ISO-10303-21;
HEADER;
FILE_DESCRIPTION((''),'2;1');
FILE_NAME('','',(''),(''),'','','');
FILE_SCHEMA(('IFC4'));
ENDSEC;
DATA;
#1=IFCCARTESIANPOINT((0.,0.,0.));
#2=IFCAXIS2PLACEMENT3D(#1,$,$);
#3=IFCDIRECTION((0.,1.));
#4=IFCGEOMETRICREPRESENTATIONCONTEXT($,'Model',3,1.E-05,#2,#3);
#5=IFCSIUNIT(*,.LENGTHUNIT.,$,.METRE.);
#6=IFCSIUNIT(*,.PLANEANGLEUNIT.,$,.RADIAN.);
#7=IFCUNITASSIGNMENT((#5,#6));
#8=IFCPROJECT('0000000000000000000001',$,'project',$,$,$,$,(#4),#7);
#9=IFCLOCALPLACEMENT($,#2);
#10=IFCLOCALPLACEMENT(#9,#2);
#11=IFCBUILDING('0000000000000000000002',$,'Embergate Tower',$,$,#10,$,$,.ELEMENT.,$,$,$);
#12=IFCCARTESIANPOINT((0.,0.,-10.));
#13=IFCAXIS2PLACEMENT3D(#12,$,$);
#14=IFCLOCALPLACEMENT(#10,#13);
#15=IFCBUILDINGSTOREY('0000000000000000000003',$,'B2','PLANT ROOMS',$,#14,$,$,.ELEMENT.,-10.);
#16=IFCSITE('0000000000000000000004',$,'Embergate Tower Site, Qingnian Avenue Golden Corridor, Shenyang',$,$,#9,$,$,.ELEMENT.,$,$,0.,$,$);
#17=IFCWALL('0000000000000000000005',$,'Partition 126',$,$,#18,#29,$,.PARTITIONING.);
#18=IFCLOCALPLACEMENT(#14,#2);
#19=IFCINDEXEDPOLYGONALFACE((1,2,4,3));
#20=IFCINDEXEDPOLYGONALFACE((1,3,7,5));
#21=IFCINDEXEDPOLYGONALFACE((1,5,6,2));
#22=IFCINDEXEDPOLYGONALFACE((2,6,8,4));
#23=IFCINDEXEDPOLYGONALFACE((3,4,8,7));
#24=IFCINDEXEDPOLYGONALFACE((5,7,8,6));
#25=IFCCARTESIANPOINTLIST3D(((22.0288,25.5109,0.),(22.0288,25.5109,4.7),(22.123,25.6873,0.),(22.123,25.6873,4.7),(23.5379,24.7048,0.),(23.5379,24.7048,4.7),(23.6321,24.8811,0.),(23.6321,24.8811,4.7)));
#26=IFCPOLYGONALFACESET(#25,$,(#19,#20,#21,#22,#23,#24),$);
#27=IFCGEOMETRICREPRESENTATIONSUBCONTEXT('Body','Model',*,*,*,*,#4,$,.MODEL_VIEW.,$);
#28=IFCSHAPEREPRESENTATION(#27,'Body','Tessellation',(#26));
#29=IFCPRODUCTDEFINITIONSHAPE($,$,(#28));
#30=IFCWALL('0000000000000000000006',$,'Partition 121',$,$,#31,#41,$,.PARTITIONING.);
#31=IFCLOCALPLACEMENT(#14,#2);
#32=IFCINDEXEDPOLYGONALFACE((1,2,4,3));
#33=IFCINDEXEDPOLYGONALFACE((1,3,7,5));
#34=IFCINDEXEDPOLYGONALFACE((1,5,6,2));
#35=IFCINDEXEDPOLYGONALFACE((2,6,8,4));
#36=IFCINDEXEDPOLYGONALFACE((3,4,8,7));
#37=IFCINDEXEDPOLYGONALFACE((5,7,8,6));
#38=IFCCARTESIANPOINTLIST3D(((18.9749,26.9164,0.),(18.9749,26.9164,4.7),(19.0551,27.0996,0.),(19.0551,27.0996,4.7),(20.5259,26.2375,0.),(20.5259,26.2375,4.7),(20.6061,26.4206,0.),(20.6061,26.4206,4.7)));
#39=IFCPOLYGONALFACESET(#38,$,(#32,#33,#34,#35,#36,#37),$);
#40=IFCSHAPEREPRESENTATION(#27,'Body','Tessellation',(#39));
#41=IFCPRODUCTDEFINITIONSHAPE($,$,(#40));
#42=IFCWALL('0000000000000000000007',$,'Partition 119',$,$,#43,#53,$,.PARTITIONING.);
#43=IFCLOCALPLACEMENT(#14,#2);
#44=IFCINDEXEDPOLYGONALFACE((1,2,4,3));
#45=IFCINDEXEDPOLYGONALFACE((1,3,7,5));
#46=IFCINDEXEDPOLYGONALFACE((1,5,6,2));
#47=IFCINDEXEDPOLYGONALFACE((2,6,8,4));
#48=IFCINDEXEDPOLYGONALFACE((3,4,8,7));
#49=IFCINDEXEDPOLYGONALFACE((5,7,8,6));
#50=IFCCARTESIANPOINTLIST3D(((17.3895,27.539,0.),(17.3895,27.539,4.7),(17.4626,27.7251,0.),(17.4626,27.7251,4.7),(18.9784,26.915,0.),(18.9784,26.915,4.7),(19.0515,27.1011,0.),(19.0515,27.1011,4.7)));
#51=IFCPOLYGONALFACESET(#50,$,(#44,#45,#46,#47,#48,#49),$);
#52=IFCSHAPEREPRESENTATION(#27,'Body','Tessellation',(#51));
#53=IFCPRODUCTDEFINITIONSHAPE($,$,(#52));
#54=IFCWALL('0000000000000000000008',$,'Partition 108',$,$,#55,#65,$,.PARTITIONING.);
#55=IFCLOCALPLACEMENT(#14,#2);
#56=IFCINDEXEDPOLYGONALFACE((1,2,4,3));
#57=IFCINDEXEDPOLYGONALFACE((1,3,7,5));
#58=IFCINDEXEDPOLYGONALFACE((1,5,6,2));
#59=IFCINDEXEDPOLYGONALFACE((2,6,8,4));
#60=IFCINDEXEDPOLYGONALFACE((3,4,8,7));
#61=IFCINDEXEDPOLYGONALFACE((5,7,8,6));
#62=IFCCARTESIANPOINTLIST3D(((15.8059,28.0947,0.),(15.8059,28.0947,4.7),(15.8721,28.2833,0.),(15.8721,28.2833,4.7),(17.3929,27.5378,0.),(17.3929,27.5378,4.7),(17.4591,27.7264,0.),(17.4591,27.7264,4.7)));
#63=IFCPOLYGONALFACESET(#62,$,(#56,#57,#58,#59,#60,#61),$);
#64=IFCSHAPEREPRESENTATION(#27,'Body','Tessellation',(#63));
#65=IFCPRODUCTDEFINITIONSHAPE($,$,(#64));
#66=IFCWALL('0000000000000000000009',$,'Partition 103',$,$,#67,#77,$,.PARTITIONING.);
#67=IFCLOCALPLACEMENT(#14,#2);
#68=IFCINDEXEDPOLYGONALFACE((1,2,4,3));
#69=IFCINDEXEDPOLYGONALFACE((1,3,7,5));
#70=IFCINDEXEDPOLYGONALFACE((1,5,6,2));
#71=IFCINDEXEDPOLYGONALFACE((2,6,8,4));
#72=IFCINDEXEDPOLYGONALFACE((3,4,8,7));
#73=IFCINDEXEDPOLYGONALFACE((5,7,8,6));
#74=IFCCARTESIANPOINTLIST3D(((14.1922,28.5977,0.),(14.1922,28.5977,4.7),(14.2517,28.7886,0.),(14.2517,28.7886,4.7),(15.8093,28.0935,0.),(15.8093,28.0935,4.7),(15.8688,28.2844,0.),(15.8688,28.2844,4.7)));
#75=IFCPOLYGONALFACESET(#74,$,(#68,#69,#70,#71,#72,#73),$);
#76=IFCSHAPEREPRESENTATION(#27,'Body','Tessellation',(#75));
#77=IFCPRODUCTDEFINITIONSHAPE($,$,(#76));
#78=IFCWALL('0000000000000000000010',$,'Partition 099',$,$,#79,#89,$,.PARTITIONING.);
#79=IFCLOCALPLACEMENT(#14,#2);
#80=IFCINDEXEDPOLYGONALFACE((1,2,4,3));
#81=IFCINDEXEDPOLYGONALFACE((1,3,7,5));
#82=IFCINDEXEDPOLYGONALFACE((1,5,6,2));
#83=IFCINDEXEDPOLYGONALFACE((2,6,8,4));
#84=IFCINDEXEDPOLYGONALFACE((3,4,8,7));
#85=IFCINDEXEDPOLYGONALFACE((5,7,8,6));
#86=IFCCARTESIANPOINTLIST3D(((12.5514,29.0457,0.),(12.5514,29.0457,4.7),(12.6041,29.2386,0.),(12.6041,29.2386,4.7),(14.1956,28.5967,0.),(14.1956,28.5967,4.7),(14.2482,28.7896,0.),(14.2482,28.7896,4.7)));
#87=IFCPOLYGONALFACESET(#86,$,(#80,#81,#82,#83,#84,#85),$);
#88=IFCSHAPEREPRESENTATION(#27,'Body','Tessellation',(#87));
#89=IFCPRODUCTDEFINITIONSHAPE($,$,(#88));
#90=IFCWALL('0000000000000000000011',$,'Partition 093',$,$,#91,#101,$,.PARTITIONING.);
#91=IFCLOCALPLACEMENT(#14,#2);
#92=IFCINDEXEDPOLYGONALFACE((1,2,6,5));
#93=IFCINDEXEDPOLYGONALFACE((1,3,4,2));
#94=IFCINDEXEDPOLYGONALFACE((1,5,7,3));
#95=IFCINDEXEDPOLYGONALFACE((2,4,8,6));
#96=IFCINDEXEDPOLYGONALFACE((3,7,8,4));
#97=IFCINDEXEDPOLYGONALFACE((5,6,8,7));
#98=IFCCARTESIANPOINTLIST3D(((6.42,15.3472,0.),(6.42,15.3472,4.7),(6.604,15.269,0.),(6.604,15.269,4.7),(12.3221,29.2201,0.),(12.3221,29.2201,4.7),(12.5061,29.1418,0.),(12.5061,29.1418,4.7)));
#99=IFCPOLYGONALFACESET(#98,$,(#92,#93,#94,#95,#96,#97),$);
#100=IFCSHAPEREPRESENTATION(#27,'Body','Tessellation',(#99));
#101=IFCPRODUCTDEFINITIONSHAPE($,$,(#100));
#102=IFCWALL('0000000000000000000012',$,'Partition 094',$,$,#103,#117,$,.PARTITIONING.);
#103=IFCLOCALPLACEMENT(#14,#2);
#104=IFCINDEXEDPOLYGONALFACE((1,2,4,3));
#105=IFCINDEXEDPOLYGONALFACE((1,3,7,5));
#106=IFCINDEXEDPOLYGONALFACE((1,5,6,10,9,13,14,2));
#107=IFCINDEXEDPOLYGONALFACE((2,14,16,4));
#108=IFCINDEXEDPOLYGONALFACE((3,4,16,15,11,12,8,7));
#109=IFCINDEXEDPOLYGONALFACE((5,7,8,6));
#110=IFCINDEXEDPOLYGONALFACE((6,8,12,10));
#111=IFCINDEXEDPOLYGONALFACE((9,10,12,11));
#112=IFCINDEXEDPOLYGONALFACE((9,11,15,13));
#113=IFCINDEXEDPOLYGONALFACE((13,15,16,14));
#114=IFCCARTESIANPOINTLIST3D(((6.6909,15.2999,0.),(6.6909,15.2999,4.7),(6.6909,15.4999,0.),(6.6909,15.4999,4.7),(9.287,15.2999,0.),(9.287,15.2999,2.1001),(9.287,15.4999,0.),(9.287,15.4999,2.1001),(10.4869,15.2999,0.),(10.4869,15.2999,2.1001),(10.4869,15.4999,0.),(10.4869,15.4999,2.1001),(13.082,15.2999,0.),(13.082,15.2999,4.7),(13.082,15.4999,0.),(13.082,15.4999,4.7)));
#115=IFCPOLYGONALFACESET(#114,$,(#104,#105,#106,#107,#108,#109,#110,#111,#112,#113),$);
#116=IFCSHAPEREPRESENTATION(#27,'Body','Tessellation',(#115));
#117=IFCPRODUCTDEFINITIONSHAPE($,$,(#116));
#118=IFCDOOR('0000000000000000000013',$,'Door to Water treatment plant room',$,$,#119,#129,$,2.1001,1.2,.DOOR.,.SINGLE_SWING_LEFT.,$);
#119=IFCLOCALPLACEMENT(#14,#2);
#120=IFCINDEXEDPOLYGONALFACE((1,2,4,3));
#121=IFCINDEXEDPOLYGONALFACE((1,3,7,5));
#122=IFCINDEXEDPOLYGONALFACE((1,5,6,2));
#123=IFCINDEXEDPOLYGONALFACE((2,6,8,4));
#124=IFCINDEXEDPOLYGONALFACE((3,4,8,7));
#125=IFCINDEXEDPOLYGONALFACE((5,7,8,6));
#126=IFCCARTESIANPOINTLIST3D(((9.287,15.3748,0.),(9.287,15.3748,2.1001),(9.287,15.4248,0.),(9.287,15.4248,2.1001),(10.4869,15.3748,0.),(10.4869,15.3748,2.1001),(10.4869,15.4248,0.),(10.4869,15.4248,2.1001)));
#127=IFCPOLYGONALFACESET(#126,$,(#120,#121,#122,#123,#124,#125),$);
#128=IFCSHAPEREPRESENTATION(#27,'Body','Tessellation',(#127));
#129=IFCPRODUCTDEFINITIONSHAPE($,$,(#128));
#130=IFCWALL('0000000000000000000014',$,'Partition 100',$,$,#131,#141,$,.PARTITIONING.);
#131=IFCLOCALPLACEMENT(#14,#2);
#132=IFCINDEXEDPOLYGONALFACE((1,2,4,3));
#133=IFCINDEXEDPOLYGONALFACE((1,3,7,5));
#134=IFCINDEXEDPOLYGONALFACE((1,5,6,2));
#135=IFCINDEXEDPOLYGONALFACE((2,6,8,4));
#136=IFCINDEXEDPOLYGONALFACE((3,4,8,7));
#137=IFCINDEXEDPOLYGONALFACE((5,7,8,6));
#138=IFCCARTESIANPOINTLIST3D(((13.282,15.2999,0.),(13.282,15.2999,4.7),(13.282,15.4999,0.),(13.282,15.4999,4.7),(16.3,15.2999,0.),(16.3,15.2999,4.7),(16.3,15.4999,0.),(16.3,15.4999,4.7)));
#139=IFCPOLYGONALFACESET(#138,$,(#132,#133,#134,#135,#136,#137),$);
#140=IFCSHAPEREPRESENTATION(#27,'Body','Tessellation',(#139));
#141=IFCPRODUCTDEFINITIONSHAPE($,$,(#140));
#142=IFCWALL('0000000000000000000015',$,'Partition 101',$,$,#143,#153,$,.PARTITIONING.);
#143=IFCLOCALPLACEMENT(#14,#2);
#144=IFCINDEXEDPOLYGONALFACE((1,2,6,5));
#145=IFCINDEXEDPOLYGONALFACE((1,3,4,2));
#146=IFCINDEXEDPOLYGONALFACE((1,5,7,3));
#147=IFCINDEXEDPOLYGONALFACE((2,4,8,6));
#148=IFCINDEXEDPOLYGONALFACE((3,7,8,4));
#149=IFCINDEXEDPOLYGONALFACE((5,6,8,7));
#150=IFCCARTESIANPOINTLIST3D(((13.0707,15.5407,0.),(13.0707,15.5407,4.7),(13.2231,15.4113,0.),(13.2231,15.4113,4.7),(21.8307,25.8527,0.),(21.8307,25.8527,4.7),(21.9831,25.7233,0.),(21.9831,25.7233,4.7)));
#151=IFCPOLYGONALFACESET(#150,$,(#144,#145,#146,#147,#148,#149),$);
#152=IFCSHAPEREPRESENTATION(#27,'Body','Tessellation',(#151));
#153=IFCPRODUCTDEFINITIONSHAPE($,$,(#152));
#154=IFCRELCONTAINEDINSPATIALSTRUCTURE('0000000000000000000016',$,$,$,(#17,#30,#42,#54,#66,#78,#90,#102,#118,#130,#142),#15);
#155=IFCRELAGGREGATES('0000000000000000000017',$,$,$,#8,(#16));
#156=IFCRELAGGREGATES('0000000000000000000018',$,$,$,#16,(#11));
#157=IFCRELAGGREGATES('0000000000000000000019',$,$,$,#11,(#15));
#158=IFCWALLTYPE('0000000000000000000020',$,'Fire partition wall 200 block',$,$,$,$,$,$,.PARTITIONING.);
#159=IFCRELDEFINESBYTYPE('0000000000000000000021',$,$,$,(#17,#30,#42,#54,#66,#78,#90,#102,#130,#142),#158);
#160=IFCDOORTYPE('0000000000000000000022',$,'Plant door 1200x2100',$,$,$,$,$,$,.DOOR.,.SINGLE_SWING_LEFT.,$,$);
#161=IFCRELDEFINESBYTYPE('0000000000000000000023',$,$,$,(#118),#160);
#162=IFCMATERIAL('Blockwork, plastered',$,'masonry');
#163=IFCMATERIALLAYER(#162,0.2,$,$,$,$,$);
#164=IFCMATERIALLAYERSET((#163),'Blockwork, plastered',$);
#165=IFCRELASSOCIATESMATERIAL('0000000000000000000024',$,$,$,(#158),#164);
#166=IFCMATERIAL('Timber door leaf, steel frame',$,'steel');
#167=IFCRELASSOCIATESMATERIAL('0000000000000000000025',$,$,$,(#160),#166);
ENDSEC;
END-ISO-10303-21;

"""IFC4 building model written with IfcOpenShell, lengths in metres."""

from ifc_helpers import new_model, si_unit, direction, frame, frame_2d, origin, place, context, subcontext, project, spatial, rectangle, extrude, source, transform, mapped, material, layer, layer_set, type_object, element, fill, save


model = new_model("IFC4")

# Units and contexts
model_context = context("Model", 3, precision=1e-05, world=origin(), true_north=direction((0.0, 1.0)))
body_context = subcontext(model_context, "Body", "Model", "MODEL_VIEW")
ifc_project = project(units=[si_unit("LENGTHUNIT", "METRE"), si_unit("PLANEANGLEUNIT", "RADIAN")], contexts=[model_context])

# Site, building, storey
site_placement = place(None, origin())
site = spatial("IfcSite", under=ifc_project, at=site_placement, Name="Embergate Tower Site, Qingnian Avenue Golden Corridor, Shenyang", CompositionType="ELEMENT", RefElevation=0.0)
building_placement = place(site_placement, origin())
building = spatial("IfcBuilding", under=site, at=building_placement, Name="Embergate Tower", CompositionType="ELEMENT")
storey_placement = place(building_placement, frame((0.0, 0.0, -10.0)))
storey = spatial("IfcBuildingStorey", under=building, at=storey_placement, Name="B2", Description="PLANT ROOMS", CompositionType="ELEMENT", Elevation=-10.0)

# Walls
ifc_material_1 = material(Name="Blockwork, plastered", Category="masonry")
ifc_layer = layer(ifc_material_1, 0.2)
ifc_layer_set = layer_set([ifc_layer], Name="Blockwork, plastered")
wall_type = type_object("IfcWallType", Name="Fire partition wall 200 block", PredefinedType="PARTITIONING", material=ifc_layer_set)
shared_shape_1 = source(origin(), body_context, "Body", "SweptSolid", [
    extrude(rectangle(XDim=1.7109, YDim=0.2, at=frame_2d((0.8555, 0.0))), origin(), (0.0, 0.0, 1.0), 4.7),
])
wall_1_placement = place(storey_placement, frame((22.0759, 25.5991, 0.0), z_axis=(0.0, 0.0, 1.0), x_axis=(0.882029, -0.471195, 0.0)))
element("IfcWall", 1, at=wall_1_placement, inside=storey, type_object=wall_type, Name="Partition 126", PredefinedType="PARTITIONING", context=body_context, shape_type="MappedRepresentation", body=[
    mapped(shared_shape_1, transform((0.0, 0.0, 0.0))),
])
shared_shape_2 = source(origin(), body_context, "Body", "SweptSolid", [
    extrude(rectangle(XDim=1.6931, YDim=0.2, at=frame_2d((0.8467, 0.0))), origin(), (0.0, 0.0, 1.0), 4.7),
])
wall_2_placement = place(storey_placement, frame((19.0149, 27.0081, 0.0), z_axis=(0.0, 0.0, 1.0), x_axis=(0.916075, -0.401008, 0.0)))
element("IfcWall", 2, at=wall_2_placement, inside=storey, type_object=wall_type, Name="Partition 121", PredefinedType="PARTITIONING", context=body_context, shape_type="MappedRepresentation", body=[
    mapped(shared_shape_2, transform((0.0, 0.0, 0.0))),
])
shared_shape_3 = source(origin(), body_context, "Body", "SweptSolid", [
    extrude(rectangle(XDim=1.707, YDim=0.2, at=frame_2d((0.8535, 0.0))), origin(), (0.0, 0.0, 1.0), 4.7),
])
wall_3_placement = place(storey_placement, frame((17.426, 27.6321, 0.0), z_axis=(0.0, 0.0, 1.0), x_axis=(0.930786, -0.365564, 0.0)))
element("IfcWall", 3, at=wall_3_placement, inside=storey, type_object=wall_type, Name="Partition 119", PredefinedType="PARTITIONING", context=body_context, shape_type="MappedRepresentation", body=[
    mapped(shared_shape_3, transform((0.0, 0.0, 0.0))),
])
shared_shape_4 = source(origin(), body_context, "Body", "SweptSolid", [
    extrude(rectangle(XDim=1.6819, YDim=0.2, at=frame_2d((0.8408, 0.0))), origin(), (0.0, 0.0, 1.0), 4.7),
])
wall_4_placement = place(storey_placement, frame((15.8391, 28.189, 0.0), z_axis=(0.0, 0.0, 1.0), x_axis=(0.943586, -0.331126, 0.0)))
element("IfcWall", 4, at=wall_4_placement, inside=storey, type_object=wall_type, Name="Partition 108", PredefinedType="PARTITIONING", context=body_context, shape_type="MappedRepresentation", body=[
    mapped(shared_shape_4, transform((0.0, 0.0, 0.0))),
])
shared_shape_5 = source(origin(), body_context, "Body", "SweptSolid", [
    extrude(rectangle(XDim=1.6938, YDim=0.2, at=frame_2d((0.8469, 0.0))), origin(), (0.0, 0.0, 1.0), 4.7),
])
wall_5_placement = place(storey_placement, frame((14.2219, 28.6931, 0.0), z_axis=(0.0, 0.0, 1.0), x_axis=(0.954685, -0.297618, 0.0)))
element("IfcWall", 5, at=wall_5_placement, inside=storey, type_object=wall_type, Name="Partition 103", PredefinedType="PARTITIONING", context=body_context, shape_type="MappedRepresentation", body=[
    mapped(shared_shape_5, transform((0.0, 0.0, 0.0))),
])
shared_shape_6 = source(origin(), body_context, "Body", "SweptSolid", [
    extrude(rectangle(XDim=1.7043, YDim=0.2, at=frame_2d((0.8521, 0.0))), origin(), (0.0, 0.0, 1.0), 4.7),
])
wall_6_placement = place(storey_placement, frame((12.5779, 29.1421, 0.0), z_axis=(0.0, 0.0, 1.0), x_axis=(0.964675, -0.263445, 0.0)))
element("IfcWall", 6, at=wall_6_placement, inside=storey, type_object=wall_type, Name="Partition 099", PredefinedType="PARTITIONING", context=body_context, shape_type="MappedRepresentation", body=[
    mapped(shared_shape_6, transform((0.0, 0.0, 0.0))),
])
shared_shape_7 = source(origin(), body_context, "Body", "SweptSolid", [
    extrude(rectangle(XDim=15.0762, YDim=0.2, at=frame_2d((7.5381, 0.0))), origin(), (0.0, 0.0, 1.0), 4.7),
])
wall_7_placement = place(storey_placement, frame((6.512, 15.3081, 0.0), z_axis=(0.0, 0.0, 1.0), x_axis=(0.391487, 0.920184, 0.0)))
element("IfcWall", 7, at=wall_7_placement, inside=storey, type_object=wall_type, Name="Partition 093", PredefinedType="PARTITIONING", context=body_context, shape_type="MappedRepresentation", body=[
    mapped(shared_shape_7, transform((0.0, 0.0, 0.0))),
])

# Wall, opening, door
shared_shape_8 = source(origin(), body_context, "Body", "SweptSolid", [
    extrude(rectangle(XDim=6.3911, YDim=0.2, at=frame_2d((3.1956, 0.0))), origin(), (0.0, 0.0, 1.0), 4.7),
])
wall_8_placement = place(storey_placement, frame((6.6909, 15.3999, 0.0), z_axis=(0.0, 0.0, 1.0), x_axis=(1.0, 0.0, 0.0)))
wall_8 = element("IfcWall", 8, at=wall_8_placement, inside=storey, type_object=wall_type, Name="Partition 094", PredefinedType="PARTITIONING", context=body_context, shape_type="MappedRepresentation", body=[
    mapped(shared_shape_8, transform((0.0, 0.0, 0.0))),
])
shared_shape_9 = source(origin(), body_context, "Body", "SweptSolid", [
    extrude(rectangle(XDim=1.2, YDim=2.1001, at=frame_2d((0.6001, 1.05))), frame((0.0, 0.1099, 0.0), z_axis=(0.0, -1.0, 0.0), x_axis=(1.0, 0.0, 0.0)), (0.0, 0.0, 1.0), 0.22),
])
opening_1_placement = place(wall_8_placement, frame((2.5959, 0.0, 0.0)))
opening_1 = element("IfcOpeningElement", 9, at=opening_1_placement, cuts=wall_8, PredefinedType="OPENING", context=body_context, shape_type="MappedRepresentation", body=[
    mapped(shared_shape_9, transform((0.0, 0.0, 0.0))),
])
ifc_material_2 = material(Name="Timber door leaf, steel frame", Category="steel")
door_type = type_object("IfcDoorType", Name="Plant door 1200x2100", OperationType="SINGLE_SWING_LEFT", PredefinedType="DOOR", material=ifc_material_2)
shared_shape_10 = source(origin(), body_context, "Body", "SweptSolid", [
    extrude(rectangle(XDim=1.2, YDim=2.1001, at=frame_2d((0.6001, 1.05))), frame((0.0, 0.0249, 0.0), z_axis=(0.0, -1.0, 0.0), x_axis=(1.0, 0.0, 0.0)), (0.0, 0.0, 1.0), 0.05),
])
door_1_placement = place(opening_1_placement, origin())
door_1 = element("IfcDoor", 10, at=door_1_placement, inside=storey, type_object=door_type, Name="Door to Water treatment plant room", OperationType="SINGLE_SWING_LEFT", OverallHeight=2.1001, OverallWidth=1.2, PredefinedType="DOOR", context=body_context, shape_type="MappedRepresentation", body=[
    mapped(shared_shape_10, transform((0.0, 0.0, 0.0))),
])
fill(opening_1, door_1)

# Walls
shared_shape_11 = source(origin(), body_context, "Body", "SweptSolid", [
    extrude(rectangle(XDim=3.0181, YDim=0.2, at=frame_2d((1.509, 0.0))), origin(), (0.0, 0.0, 1.0), 4.7),
])
wall_9_placement = place(storey_placement, frame((13.282, 15.3999, 0.0), z_axis=(0.0, 0.0, 1.0), x_axis=(1.0, 0.0, 0.0)))
element("IfcWall", 11, at=wall_9_placement, inside=storey, type_object=wall_type, Name="Partition 100", PredefinedType="PARTITIONING", context=body_context, shape_type="MappedRepresentation", body=[
    mapped(shared_shape_11, transform((0.0, 0.0, 0.0))),
])
shared_shape_12 = source(origin(), body_context, "Body", "SweptSolid", [
    extrude(rectangle(XDim=13.5305, YDim=0.2, at=frame_2d((6.7651, 0.0))), origin(), (0.0, 0.0, 1.0), 4.7),
])
wall_10_placement = place(storey_placement, frame((13.147, 15.4761, 0.0), z_axis=(0.0, 0.0, 1.0), x_axis=(0.647425, 0.762129, 0.0)))
element("IfcWall", 12, at=wall_10_placement, inside=storey, type_object=wall_type, Name="Partition 101", PredefinedType="PARTITIONING", context=body_context, shape_type="MappedRepresentation", body=[
    mapped(shared_shape_12, transform((0.0, 0.0, 0.0))),
])

save(model, "model.ifc")
